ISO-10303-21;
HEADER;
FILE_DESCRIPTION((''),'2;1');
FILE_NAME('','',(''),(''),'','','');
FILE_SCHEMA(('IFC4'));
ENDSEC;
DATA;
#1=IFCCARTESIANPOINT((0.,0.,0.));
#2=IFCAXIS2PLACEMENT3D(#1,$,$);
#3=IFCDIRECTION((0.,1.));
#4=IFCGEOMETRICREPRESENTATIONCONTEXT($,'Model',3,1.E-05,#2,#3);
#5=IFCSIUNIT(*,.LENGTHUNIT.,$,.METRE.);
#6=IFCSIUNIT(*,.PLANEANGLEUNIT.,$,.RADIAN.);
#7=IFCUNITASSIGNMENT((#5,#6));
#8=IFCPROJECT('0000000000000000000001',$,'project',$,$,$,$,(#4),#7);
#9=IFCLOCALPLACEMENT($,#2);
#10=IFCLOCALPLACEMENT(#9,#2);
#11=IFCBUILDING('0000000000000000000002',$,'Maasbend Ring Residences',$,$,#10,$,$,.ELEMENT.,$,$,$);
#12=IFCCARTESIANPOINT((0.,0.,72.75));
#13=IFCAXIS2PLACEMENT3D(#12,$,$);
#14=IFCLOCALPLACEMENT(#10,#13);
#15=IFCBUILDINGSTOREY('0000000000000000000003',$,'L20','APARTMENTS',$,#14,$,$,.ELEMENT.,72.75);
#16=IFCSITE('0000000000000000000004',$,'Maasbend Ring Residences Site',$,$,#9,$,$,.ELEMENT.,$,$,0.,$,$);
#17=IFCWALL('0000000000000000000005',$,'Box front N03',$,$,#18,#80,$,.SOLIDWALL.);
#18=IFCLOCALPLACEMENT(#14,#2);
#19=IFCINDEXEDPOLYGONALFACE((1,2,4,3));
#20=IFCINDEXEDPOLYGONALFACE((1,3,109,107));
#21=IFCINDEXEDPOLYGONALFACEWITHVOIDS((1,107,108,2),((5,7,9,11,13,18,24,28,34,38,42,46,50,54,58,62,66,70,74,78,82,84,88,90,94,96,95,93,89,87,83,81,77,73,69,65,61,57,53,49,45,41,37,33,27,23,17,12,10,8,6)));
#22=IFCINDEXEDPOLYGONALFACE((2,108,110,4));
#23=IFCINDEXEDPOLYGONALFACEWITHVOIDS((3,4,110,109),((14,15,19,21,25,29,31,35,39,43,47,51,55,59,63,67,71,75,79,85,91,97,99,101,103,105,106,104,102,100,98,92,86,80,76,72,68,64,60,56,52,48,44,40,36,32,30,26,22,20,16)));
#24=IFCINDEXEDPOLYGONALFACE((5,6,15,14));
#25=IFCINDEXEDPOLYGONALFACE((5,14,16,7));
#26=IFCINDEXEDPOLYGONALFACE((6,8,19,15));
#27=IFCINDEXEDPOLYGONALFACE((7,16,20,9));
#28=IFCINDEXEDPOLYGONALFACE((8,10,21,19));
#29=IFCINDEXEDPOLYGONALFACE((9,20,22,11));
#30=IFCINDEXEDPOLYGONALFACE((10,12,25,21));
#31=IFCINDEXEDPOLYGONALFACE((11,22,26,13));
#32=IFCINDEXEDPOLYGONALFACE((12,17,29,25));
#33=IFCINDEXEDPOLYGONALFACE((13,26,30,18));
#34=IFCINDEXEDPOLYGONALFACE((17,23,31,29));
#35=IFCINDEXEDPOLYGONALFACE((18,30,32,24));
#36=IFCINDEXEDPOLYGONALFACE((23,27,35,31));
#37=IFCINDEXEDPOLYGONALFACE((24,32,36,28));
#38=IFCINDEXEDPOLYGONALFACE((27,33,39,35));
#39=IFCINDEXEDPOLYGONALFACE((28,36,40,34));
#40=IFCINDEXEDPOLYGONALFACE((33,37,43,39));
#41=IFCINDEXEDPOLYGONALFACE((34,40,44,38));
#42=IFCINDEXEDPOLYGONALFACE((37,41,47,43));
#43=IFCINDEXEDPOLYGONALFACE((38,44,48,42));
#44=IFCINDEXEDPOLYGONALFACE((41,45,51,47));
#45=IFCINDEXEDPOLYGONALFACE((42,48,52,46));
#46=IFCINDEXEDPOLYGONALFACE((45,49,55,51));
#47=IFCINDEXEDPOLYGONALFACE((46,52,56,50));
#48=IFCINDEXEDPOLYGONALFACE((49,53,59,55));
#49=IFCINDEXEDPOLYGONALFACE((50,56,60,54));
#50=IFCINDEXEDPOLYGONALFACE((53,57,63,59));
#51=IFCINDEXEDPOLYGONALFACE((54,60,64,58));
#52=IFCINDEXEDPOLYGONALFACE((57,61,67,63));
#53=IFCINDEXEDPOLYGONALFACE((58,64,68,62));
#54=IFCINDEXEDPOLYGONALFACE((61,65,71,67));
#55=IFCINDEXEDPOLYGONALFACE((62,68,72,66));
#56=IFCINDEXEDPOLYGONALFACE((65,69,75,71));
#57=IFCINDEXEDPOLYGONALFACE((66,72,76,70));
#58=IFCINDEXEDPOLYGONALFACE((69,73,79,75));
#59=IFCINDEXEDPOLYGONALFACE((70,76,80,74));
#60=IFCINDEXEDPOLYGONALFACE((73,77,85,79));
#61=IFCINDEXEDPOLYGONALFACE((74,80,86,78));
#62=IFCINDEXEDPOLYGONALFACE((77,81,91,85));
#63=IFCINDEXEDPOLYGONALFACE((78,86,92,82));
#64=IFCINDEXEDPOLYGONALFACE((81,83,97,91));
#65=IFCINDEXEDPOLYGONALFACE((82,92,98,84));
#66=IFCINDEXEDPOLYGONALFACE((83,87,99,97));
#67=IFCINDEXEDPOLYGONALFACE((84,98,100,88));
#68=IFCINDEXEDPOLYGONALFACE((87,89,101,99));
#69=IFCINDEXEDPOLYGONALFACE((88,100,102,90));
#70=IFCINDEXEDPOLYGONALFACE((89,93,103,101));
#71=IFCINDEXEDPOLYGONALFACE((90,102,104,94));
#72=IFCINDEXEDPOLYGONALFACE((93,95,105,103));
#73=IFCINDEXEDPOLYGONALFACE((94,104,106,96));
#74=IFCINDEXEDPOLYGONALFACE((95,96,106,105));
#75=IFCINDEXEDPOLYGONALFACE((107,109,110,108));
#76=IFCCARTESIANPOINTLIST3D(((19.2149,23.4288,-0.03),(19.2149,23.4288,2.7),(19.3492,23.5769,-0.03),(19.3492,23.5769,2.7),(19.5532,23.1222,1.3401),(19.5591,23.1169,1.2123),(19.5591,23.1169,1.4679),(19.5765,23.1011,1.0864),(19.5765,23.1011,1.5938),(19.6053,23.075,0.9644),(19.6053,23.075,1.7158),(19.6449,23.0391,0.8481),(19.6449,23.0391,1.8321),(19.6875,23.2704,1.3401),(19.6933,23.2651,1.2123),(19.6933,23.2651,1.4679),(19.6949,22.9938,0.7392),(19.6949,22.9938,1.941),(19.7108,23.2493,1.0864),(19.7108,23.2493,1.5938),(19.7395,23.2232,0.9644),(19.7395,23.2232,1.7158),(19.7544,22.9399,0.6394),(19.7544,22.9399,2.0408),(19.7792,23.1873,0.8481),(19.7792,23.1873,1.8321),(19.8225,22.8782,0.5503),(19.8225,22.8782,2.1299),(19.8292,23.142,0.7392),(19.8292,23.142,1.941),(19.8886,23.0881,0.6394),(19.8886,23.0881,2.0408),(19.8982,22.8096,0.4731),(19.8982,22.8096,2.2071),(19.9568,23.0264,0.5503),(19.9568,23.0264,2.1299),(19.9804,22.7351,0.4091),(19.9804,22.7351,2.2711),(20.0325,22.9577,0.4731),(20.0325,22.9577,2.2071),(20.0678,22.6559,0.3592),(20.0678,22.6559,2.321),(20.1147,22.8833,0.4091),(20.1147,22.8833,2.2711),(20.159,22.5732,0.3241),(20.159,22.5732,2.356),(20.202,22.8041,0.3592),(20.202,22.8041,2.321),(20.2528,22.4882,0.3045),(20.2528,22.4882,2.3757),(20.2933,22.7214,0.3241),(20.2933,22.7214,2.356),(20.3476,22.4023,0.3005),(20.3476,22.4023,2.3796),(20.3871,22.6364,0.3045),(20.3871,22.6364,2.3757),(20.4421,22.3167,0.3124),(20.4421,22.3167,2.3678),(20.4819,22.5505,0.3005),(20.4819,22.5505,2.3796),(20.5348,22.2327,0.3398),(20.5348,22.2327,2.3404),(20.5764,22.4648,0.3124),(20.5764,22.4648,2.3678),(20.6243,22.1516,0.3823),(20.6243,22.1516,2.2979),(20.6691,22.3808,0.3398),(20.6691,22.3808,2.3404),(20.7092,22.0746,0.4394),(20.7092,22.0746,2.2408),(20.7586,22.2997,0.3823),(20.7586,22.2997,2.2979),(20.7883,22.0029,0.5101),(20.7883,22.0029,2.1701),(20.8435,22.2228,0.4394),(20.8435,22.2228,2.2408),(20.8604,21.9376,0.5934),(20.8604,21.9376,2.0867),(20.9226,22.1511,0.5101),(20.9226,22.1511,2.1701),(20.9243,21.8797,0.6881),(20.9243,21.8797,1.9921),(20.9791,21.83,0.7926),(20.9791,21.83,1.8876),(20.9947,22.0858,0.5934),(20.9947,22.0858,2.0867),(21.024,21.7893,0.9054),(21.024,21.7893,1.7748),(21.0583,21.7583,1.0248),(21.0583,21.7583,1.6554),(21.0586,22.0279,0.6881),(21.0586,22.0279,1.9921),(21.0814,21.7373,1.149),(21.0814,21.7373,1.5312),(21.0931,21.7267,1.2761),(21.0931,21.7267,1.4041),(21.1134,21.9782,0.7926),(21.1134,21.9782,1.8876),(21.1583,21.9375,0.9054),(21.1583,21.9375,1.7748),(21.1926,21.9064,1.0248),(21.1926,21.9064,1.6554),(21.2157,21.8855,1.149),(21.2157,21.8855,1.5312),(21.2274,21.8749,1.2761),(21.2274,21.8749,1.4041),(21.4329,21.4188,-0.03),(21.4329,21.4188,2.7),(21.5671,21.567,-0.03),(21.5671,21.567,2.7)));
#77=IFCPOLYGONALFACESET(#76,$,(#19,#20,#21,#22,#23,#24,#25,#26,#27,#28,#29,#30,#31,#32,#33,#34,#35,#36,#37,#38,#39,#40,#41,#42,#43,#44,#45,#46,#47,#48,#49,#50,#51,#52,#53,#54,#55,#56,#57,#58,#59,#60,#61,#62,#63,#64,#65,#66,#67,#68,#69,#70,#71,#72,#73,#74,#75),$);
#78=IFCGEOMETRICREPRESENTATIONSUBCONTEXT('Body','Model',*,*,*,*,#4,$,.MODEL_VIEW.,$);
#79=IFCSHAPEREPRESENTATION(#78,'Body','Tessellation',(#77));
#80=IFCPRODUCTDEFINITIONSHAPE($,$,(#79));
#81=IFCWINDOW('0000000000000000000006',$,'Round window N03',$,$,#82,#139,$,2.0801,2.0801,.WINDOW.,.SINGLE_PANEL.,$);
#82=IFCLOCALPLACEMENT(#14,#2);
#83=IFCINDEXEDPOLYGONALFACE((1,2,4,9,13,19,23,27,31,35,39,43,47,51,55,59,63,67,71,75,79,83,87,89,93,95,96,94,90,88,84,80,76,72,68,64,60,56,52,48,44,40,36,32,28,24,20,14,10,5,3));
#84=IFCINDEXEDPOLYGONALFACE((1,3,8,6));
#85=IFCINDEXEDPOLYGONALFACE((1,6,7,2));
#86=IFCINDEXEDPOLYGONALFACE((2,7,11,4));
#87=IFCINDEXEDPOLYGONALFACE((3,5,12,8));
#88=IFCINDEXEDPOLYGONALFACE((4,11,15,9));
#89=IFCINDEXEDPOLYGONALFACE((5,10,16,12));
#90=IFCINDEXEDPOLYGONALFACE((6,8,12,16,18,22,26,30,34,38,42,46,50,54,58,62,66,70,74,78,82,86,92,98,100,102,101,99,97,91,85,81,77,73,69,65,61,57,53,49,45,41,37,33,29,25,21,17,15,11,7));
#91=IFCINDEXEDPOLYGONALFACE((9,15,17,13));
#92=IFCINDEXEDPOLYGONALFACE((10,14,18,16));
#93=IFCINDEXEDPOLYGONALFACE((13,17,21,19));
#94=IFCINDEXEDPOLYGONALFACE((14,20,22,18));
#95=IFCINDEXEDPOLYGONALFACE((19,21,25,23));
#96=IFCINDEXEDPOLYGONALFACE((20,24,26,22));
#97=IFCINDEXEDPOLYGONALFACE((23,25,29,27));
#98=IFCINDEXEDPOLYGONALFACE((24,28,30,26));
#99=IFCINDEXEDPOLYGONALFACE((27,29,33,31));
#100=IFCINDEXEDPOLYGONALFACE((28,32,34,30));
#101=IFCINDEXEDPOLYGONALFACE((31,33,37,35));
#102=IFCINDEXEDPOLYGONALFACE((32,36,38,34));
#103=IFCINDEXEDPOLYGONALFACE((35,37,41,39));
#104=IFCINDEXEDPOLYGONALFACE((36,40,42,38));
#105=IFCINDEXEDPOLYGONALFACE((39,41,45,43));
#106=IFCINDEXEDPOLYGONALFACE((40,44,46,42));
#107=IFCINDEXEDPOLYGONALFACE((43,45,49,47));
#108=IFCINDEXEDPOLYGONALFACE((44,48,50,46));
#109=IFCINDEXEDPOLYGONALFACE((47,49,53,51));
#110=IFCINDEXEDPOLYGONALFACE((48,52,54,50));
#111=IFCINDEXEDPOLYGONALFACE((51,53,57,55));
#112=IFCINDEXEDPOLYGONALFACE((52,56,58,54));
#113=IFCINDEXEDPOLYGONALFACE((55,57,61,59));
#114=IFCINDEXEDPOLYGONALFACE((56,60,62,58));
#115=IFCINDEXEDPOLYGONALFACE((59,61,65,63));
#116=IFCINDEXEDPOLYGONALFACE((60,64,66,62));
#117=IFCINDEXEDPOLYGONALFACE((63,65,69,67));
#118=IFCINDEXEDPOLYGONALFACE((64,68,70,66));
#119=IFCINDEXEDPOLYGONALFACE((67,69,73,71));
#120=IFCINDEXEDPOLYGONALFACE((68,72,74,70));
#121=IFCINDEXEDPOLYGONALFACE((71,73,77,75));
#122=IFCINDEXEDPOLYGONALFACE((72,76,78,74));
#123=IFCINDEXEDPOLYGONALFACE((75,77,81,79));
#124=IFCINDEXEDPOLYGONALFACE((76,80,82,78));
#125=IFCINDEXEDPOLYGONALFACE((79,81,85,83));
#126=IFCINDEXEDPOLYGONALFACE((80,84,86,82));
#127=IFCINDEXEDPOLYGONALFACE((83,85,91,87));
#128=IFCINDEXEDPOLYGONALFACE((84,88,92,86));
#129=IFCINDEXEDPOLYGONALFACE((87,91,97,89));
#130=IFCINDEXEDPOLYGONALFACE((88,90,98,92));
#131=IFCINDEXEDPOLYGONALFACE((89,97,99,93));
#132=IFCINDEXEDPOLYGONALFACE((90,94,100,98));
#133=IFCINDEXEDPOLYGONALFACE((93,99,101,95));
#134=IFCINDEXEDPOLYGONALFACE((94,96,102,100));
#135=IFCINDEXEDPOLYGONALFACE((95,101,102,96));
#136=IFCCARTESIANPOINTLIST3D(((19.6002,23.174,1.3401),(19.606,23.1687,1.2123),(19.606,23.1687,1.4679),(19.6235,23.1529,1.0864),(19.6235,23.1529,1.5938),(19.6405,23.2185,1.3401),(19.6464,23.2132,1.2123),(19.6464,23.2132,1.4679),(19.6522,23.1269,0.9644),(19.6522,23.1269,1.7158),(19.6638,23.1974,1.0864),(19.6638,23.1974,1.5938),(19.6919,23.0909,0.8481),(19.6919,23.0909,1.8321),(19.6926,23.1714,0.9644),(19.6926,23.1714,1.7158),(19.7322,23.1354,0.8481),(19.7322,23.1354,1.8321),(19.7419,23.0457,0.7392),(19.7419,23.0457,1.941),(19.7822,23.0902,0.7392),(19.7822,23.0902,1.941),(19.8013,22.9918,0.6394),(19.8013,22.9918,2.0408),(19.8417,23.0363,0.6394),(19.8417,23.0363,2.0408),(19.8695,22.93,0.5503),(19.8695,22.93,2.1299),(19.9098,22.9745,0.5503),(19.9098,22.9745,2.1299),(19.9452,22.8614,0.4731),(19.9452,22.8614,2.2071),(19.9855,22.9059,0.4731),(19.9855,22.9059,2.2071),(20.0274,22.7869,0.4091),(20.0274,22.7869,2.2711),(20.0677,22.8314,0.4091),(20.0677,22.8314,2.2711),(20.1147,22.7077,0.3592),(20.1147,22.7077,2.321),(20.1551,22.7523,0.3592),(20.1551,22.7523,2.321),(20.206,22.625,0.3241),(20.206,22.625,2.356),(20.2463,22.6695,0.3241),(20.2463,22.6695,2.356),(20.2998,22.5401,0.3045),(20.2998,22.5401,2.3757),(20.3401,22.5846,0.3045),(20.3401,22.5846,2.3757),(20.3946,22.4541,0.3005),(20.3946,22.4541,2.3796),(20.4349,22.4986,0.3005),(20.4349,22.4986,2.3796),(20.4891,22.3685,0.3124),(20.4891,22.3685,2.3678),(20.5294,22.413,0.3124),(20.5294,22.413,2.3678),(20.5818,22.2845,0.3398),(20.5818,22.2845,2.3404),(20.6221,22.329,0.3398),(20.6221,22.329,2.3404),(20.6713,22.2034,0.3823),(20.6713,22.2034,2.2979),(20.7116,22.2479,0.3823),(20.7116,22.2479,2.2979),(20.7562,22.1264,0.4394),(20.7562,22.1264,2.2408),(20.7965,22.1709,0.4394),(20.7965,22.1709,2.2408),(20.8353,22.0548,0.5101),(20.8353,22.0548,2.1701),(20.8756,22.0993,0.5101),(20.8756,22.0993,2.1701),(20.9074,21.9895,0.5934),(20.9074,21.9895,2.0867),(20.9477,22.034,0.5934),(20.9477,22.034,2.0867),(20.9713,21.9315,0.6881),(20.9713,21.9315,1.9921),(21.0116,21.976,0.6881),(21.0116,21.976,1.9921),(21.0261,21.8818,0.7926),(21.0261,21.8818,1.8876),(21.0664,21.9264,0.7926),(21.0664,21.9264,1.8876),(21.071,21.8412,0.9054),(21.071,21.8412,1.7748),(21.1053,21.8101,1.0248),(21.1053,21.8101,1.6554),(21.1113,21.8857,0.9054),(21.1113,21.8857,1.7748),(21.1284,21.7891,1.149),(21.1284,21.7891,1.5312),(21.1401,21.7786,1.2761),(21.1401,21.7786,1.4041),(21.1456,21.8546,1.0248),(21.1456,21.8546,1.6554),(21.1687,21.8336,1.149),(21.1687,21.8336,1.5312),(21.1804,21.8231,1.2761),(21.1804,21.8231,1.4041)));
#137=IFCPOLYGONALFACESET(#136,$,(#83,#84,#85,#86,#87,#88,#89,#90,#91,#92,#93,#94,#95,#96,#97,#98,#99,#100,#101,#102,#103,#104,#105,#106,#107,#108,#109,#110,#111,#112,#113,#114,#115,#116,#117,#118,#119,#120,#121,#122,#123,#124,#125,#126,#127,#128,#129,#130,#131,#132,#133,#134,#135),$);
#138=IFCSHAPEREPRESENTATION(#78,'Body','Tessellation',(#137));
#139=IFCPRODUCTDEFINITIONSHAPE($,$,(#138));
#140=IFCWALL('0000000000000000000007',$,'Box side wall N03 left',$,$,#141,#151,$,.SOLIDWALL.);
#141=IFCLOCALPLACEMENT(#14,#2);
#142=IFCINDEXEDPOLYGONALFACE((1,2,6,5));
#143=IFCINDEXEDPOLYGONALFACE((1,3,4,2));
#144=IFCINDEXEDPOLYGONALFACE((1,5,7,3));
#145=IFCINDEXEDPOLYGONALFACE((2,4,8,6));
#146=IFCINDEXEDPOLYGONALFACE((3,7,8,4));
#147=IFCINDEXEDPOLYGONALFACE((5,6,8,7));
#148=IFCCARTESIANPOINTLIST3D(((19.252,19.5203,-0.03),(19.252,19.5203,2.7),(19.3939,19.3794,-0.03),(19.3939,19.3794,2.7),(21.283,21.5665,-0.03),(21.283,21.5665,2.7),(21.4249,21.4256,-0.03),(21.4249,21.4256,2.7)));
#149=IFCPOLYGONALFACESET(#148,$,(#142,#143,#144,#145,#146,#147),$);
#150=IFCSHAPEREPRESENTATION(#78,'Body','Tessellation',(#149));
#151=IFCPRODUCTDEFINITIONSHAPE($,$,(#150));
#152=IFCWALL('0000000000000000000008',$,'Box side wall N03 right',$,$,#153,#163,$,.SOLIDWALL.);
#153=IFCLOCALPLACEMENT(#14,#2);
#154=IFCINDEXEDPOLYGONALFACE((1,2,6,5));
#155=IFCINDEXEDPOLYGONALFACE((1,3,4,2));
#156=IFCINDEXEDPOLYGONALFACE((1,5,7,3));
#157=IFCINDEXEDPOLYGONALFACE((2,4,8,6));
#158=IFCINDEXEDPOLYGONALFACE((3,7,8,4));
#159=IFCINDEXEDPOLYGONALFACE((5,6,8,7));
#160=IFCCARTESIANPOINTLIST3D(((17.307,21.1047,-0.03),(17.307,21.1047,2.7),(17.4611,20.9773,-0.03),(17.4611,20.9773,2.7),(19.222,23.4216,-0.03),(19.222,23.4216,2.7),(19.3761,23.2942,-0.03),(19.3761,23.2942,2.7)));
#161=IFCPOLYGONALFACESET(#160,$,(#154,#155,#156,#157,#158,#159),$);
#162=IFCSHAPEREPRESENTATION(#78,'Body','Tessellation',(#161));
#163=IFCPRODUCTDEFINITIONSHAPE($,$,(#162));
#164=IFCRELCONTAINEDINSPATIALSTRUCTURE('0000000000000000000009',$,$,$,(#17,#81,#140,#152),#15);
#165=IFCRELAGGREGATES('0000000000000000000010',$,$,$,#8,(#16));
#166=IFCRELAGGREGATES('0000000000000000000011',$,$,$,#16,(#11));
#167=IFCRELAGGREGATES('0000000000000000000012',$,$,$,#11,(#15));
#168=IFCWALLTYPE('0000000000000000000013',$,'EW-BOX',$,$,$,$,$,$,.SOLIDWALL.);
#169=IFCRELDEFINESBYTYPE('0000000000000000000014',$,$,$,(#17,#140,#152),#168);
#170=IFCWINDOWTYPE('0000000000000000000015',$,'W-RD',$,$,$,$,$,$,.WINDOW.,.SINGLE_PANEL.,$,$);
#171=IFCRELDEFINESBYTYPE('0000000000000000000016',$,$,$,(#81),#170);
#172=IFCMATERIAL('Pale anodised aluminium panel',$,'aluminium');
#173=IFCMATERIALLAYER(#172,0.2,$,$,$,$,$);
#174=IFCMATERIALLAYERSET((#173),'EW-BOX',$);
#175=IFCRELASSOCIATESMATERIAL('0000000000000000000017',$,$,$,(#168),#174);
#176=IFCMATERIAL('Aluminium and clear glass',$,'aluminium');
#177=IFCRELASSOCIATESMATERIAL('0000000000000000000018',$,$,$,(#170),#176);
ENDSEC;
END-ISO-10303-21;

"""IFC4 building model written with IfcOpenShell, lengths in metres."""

from ifc_helpers import new_model, si_unit, direction, frame, frame_2d, origin, place, context, subcontext, project, spatial, rectangle, circle, extrude, material, layer, layer_set, type_object, element, fill, save


model = new_model("IFC4")

# Units and contexts
model_context = context("Model", 3, precision=1e-05, world=origin(), true_north=direction((0.0, 1.0)))
body_context = subcontext(model_context, "Body", "Model", "MODEL_VIEW")
ifc_project = project(units=[si_unit("LENGTHUNIT", "METRE"), si_unit("PLANEANGLEUNIT", "RADIAN")], contexts=[model_context])

# Site, building, storey
site_placement = place(None, origin())
site = spatial("IfcSite", under=ifc_project, at=site_placement, Name="Maasbend Ring Residences Site", CompositionType="ELEMENT", RefElevation=0.0)
building_placement = place(site_placement, origin())
building = spatial("IfcBuilding", under=site, at=building_placement, Name="Maasbend Ring Residences", CompositionType="ELEMENT")
storey_placement = place(building_placement, frame((0.0, 0.0, 72.75)))
storey = spatial("IfcBuildingStorey", under=building, at=storey_placement, Name="L20", Description="APARTMENTS", CompositionType="ELEMENT", Elevation=72.75)

# Wall, opening, window
ifc_material_1 = material(Name="Pale anodised aluminium panel", Category="aluminium")
ifc_layer_1 = layer(ifc_material_1, 0.2)
ifc_layer_set_1 = layer_set([ifc_layer_1], Name="EW-BOX")
wall_type_1 = type_object("IfcWallType", Name="EW-BOX", PredefinedType="SOLIDWALL", material=ifc_layer_set_1)
ifc_material_2 = material(Name="Aluminium and clear glass", Category="aluminium")
window_type_1 = type_object("IfcWindowType", Name="W-RD", PartitioningType="SINGLE_PANEL", PredefinedType="WINDOW", material=ifc_material_2)
wall_1_placement = place(storey_placement, frame((21.5, 21.4929, -0.03), z_axis=(0.0, 0.0, 1.0), x_axis=(-0.740998, 0.671507, 0.0)))
wall_1 = element("IfcWall", 1, at=wall_1_placement, inside=storey, type_object=wall_type_1, Name="Box front N03", PredefinedType="SOLIDWALL", context=body_context, shape_type="SweptSolid", body=[
    extrude(rectangle(XDim=2.9932, YDim=0.2, at=frame_2d((1.4966, 0.0))), origin(), (0.0, 0.0, 1.0), 2.73),
])
opening_1_placement = place(wall_1_placement, frame((0.4565, 0.0, 0.3301)))
opening_1 = element("IfcOpeningElement", 2, at=opening_1_placement, cuts=wall_1, PredefinedType="OPENING", context=body_context, shape_type="SweptSolid", body=[
    extrude(circle(Radius=1.04, at=frame_2d((1.04, 1.04))), frame((0.0, 0.1099, 0.0), z_axis=(0.0, -1.0, 0.0), x_axis=(1.0, 0.0, 0.0)), (0.0, 0.0, 1.0), 0.22),
])
window_1_placement = place(opening_1_placement, origin())
window_1 = element("IfcWindow", 3, at=window_1_placement, inside=storey, type_object=window_type_1, Name="Round window N03", OverallHeight=2.0801, OverallWidth=2.0801, PartitioningType="SINGLE_PANEL", PredefinedType="WINDOW", context=body_context, shape_type="SweptSolid", body=[
    extrude(circle(Radius=1.04, at=frame_2d((1.04, 1.04))), frame((0.0, 0.03, 0.0), z_axis=(0.0, -1.0, 0.0), x_axis=(1.0, 0.0, 0.0)), (0.0, 0.0, 1.0), 0.0601),
])
fill(opening_1, window_1)

# Walls
wall_2_placement = place(storey_placement, frame((19.323, 19.45, -0.03), z_axis=(0.0, 0.0, 1.0), x_axis=(0.704477, 0.709727, 0.0)))
element("IfcWall", 4, at=wall_2_placement, inside=storey, type_object=wall_type_1, Name="Box side wall N03 left", PredefinedType="SOLIDWALL", context=body_context, shape_type="SweptSolid", body=[
    extrude(rectangle(XDim=2.8831, YDim=0.2, at=frame_2d((1.4414, 0.0))), origin(), (0.0, 0.0, 1.0), 2.73),
])
wall_3_placement = place(storey_placement, frame((17.384, 21.041, -0.03), z_axis=(0.0, 0.0, 1.0), x_axis=(0.637096, 0.770785, 0.0)))
element("IfcWall", 5, at=wall_3_placement, inside=storey, type_object=wall_type_1, Name="Box side wall N03 right", PredefinedType="SOLIDWALL", context=body_context, shape_type="SweptSolid", body=[
    extrude(rectangle(XDim=3.0059, YDim=0.2, at=frame_2d((1.5029, 0.0))), origin(), (0.0, 0.0, 1.0), 2.73),
])

save(model, "model.ifc")
